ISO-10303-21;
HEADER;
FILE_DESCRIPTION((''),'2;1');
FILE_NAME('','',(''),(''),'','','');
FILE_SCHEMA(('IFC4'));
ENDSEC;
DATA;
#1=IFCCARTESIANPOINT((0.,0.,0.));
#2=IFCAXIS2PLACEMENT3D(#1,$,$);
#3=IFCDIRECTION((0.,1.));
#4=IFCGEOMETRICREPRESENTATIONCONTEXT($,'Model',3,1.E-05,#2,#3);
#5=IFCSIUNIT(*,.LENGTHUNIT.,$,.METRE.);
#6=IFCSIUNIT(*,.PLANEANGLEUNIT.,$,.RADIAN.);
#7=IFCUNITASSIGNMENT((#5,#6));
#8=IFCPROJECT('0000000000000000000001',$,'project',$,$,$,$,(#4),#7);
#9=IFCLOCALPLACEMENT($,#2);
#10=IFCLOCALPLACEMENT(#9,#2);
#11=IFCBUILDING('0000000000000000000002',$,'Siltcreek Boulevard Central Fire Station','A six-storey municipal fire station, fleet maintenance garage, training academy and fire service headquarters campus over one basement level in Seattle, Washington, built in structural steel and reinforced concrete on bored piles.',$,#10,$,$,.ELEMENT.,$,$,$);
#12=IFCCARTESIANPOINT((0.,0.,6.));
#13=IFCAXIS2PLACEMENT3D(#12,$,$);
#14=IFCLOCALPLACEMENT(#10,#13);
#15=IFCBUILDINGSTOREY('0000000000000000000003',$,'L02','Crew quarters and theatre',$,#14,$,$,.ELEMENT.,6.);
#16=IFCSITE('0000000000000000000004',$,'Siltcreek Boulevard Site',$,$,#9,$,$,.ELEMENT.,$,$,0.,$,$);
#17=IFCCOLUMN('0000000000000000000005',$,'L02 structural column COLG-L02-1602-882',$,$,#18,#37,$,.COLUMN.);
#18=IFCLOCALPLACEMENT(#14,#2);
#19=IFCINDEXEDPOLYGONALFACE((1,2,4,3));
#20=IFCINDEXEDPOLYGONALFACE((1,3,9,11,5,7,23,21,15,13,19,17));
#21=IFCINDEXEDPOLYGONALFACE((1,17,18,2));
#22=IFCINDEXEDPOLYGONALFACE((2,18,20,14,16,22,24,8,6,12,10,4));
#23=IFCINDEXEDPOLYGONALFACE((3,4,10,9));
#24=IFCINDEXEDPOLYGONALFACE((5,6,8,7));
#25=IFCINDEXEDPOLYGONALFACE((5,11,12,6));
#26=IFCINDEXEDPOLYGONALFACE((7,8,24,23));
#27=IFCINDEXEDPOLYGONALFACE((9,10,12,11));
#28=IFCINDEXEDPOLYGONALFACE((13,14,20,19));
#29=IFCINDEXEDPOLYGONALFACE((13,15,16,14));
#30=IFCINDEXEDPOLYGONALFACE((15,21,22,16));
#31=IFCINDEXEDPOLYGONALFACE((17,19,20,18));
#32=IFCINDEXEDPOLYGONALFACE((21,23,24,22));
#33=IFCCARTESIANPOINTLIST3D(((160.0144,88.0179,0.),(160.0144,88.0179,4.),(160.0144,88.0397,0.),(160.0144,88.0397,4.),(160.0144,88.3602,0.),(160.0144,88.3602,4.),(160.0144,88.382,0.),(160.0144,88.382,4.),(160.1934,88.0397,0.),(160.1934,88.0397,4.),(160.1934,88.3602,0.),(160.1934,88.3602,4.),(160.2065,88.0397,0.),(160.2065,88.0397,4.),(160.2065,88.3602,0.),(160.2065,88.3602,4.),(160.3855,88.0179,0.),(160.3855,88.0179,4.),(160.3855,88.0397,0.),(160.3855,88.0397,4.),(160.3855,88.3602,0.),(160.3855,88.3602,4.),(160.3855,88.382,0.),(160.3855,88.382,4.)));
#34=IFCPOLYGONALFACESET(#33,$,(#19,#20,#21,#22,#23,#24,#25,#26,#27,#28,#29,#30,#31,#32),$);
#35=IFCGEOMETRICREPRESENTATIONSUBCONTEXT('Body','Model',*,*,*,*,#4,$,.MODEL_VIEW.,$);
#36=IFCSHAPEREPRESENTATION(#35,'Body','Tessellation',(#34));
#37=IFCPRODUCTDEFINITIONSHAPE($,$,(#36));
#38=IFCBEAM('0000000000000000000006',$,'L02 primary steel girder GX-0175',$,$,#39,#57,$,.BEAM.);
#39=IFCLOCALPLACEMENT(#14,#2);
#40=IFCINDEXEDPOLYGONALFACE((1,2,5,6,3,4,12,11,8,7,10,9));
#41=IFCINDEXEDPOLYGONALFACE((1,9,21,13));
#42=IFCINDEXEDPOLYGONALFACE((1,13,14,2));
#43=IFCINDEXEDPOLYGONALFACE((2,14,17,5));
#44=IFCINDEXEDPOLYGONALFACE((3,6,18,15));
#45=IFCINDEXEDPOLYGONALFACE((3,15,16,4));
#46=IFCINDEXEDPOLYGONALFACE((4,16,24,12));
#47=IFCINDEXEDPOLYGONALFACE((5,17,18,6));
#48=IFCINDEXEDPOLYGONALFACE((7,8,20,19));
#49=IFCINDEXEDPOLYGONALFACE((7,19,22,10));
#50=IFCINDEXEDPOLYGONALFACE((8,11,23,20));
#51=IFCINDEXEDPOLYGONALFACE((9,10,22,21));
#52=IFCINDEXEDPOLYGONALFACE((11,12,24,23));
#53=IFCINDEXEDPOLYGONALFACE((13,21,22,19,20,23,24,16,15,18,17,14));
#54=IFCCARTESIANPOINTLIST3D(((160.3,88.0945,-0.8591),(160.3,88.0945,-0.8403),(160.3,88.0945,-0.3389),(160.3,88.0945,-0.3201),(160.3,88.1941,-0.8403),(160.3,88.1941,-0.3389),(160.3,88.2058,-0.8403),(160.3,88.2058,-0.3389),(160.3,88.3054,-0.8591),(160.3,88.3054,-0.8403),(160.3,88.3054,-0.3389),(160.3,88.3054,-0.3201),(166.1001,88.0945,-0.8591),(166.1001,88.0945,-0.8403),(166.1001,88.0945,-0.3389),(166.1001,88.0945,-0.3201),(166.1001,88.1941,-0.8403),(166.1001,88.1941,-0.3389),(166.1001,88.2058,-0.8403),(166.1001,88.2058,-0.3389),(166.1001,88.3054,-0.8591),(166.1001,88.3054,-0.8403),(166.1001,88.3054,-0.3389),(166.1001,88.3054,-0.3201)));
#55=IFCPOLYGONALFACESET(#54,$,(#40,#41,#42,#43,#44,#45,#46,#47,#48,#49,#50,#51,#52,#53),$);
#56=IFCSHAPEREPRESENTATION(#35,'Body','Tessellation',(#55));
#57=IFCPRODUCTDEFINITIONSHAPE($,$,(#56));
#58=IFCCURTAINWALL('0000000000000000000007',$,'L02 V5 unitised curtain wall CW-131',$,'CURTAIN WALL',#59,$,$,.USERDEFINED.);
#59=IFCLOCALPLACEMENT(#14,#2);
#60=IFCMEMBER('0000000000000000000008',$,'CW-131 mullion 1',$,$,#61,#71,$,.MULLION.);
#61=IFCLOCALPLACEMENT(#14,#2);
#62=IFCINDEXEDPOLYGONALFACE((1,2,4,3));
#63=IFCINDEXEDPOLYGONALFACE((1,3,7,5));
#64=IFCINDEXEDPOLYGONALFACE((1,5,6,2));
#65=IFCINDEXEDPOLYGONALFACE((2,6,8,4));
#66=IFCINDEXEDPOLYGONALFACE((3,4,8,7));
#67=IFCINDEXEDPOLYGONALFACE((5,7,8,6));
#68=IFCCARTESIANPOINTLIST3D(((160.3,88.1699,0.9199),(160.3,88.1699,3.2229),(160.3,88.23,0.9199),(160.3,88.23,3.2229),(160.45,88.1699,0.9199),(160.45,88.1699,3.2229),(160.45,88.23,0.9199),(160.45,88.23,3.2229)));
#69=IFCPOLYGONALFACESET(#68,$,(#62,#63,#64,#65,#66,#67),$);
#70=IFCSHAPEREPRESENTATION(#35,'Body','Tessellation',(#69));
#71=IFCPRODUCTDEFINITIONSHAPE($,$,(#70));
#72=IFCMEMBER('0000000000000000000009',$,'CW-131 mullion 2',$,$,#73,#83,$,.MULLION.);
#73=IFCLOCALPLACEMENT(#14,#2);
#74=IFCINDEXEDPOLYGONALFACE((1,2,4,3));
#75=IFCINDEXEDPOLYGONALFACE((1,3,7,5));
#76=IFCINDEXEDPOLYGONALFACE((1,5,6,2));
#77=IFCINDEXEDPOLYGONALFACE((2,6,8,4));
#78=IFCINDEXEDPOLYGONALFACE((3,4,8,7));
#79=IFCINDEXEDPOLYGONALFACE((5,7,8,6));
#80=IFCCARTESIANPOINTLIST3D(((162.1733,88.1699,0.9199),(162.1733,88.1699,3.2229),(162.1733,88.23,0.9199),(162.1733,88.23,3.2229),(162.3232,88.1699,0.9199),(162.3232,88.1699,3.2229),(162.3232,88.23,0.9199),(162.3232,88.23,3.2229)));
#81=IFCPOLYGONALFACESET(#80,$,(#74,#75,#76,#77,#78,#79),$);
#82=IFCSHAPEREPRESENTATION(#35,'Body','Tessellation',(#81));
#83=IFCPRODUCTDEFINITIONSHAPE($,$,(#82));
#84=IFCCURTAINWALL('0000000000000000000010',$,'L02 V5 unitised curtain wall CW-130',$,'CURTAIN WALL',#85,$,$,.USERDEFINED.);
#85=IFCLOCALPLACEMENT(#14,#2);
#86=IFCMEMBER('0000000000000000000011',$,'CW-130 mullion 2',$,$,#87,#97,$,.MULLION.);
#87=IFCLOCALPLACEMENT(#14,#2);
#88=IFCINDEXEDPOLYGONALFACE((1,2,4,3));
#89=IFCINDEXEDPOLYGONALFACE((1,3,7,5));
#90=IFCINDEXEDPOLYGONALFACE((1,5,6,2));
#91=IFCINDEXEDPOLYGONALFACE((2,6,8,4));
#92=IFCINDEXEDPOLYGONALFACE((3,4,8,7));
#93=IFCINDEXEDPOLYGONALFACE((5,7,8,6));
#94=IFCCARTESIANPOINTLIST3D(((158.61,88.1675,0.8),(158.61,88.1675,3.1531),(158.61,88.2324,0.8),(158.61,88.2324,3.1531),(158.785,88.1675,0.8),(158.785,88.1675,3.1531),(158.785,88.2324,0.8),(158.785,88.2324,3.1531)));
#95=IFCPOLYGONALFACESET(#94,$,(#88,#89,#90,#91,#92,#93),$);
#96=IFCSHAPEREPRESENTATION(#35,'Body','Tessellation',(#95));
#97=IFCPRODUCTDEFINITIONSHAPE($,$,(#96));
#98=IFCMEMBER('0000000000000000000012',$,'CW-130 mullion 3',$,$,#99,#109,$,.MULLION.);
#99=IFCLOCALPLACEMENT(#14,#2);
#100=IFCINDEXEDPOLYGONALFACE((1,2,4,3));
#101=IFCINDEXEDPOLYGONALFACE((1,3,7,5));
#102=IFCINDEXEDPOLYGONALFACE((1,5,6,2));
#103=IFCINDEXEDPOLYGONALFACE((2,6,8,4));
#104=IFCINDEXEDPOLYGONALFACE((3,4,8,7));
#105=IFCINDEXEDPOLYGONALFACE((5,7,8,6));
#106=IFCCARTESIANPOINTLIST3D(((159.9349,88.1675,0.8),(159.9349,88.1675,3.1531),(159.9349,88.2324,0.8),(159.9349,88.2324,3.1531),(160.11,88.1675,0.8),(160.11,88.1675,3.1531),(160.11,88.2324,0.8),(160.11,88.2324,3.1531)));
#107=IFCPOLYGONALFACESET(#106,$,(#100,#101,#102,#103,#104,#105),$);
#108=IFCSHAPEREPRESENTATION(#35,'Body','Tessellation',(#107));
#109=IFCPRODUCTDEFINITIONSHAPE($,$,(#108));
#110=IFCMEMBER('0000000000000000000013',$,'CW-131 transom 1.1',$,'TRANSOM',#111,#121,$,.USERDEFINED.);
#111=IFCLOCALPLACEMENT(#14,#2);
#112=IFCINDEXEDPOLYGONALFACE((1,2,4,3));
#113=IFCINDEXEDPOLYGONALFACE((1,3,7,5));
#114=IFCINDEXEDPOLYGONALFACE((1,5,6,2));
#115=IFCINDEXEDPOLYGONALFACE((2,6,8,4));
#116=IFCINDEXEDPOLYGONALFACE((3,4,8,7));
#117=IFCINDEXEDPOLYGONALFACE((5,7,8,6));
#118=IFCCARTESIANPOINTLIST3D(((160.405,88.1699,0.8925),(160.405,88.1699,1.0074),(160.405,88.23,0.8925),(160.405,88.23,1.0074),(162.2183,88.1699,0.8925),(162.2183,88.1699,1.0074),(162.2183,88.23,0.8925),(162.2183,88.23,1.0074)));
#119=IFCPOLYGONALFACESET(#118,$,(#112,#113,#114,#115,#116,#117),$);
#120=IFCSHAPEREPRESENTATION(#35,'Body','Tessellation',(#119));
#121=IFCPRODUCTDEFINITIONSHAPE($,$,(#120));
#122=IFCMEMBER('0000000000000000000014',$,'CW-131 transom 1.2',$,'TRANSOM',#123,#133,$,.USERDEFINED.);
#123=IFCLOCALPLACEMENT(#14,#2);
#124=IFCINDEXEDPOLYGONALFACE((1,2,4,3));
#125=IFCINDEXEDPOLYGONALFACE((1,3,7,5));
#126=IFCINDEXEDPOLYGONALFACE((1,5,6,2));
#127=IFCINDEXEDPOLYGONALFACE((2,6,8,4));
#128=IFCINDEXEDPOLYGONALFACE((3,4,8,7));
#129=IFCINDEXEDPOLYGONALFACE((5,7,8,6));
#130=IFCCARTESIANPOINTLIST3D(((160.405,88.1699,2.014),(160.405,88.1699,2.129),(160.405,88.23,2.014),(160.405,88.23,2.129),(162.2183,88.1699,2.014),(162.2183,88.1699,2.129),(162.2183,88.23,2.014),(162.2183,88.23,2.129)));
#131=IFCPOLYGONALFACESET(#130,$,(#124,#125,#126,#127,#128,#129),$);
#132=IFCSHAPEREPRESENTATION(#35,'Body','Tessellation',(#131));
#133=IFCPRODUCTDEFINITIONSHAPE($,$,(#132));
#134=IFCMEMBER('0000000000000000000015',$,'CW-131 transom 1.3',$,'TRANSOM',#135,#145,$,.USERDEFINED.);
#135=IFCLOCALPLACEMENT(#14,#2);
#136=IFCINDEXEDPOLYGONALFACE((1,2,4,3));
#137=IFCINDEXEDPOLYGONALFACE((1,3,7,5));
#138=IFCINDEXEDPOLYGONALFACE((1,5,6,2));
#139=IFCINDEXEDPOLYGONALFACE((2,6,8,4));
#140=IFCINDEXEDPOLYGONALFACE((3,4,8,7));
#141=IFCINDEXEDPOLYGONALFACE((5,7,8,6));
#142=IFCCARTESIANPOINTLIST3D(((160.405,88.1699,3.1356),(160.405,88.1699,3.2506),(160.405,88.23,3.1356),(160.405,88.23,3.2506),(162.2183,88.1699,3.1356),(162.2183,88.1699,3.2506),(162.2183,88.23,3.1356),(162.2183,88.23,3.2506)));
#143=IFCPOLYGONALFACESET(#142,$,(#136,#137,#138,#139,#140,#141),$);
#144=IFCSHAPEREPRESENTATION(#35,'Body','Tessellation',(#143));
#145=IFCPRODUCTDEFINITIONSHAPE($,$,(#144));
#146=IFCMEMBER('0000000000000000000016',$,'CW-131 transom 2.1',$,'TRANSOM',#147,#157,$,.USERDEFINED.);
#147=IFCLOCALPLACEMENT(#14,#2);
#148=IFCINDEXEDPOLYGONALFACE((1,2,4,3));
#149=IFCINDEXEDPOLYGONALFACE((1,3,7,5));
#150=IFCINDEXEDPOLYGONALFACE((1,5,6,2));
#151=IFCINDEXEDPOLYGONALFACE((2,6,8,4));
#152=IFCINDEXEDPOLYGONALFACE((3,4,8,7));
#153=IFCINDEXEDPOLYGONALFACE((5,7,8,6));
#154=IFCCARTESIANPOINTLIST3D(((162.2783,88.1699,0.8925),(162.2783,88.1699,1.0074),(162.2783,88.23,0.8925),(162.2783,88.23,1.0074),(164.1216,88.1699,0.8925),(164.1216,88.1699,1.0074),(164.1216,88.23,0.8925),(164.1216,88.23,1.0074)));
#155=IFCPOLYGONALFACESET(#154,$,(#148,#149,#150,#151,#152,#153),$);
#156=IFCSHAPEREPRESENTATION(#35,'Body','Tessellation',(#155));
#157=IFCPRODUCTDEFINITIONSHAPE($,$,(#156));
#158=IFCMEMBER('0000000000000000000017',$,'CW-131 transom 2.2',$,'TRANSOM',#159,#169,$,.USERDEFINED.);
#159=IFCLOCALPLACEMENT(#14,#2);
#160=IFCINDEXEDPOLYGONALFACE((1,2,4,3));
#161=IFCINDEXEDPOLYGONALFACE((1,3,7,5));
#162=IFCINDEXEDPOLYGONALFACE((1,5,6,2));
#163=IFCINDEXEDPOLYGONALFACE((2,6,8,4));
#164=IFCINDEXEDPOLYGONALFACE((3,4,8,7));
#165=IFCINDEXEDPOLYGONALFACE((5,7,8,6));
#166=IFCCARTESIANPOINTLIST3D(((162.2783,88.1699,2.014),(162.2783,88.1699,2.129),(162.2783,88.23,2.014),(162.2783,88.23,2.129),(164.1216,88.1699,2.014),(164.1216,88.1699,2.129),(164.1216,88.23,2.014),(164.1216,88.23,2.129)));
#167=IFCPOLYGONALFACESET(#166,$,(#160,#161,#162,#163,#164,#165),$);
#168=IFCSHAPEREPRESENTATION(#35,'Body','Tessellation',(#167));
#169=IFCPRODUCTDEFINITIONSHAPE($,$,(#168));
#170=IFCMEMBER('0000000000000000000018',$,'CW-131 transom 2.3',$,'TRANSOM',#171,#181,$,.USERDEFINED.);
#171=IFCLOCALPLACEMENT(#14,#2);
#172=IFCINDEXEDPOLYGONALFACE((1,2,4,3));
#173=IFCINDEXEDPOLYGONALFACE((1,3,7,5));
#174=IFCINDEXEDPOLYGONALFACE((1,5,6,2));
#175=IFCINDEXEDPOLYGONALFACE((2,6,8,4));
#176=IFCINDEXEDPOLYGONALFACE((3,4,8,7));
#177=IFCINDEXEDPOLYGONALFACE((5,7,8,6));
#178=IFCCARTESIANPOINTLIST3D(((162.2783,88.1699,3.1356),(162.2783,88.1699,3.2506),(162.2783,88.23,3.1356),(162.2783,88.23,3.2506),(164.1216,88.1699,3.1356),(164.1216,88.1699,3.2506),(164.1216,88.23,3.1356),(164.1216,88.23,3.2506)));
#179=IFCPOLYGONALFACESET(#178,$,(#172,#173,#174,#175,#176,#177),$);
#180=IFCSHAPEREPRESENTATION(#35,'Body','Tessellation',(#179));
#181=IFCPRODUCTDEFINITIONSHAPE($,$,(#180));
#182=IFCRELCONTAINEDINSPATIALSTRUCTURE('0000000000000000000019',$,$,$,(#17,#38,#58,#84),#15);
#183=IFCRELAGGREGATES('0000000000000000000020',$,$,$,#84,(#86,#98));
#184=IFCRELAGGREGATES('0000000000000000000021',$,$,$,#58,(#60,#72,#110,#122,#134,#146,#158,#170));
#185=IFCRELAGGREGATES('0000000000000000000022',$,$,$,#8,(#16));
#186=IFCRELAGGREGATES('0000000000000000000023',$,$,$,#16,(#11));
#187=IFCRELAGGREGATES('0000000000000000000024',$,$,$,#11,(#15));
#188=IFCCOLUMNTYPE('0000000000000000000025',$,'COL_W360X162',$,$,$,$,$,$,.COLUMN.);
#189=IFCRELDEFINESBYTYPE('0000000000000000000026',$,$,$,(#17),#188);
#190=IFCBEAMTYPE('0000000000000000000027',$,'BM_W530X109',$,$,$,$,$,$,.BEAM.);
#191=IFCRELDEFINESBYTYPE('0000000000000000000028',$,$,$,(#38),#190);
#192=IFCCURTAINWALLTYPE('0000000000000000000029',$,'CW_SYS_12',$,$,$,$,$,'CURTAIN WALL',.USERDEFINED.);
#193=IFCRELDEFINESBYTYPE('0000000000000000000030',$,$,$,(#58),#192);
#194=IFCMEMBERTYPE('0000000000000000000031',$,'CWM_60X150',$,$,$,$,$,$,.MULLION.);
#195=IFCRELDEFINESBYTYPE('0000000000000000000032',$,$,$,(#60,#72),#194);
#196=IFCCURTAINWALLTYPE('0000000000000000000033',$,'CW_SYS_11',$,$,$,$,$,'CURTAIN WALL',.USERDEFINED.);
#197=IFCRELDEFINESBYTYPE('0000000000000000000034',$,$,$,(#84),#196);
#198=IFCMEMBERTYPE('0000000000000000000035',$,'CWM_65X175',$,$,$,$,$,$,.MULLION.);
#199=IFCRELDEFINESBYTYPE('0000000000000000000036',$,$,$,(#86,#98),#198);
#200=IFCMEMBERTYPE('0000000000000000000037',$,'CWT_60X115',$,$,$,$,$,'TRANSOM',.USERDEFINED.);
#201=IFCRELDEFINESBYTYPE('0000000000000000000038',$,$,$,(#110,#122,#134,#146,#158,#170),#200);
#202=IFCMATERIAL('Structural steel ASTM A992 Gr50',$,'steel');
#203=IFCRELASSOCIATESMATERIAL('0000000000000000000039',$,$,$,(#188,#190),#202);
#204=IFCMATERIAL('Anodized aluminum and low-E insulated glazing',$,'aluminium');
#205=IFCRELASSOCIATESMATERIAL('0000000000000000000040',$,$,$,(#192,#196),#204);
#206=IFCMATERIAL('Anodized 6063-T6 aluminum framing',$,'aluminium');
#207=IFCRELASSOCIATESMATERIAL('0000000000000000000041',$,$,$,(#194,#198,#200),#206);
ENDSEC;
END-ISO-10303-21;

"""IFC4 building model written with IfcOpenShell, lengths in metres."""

from ifc_helpers import new_model, si_unit, direction, frame, origin, origin_2d, place, context, subcontext, project, spatial, rectangle, i_section, extrude, material, material_profile, profile_set, type_object, element, aggregate, save


model = new_model("IFC4")

# Units and contexts
model_context = context("Model", 3, precision=1e-05, world=origin(), true_north=direction((0.0, 1.0)))
body_context = subcontext(model_context, "Body", "Model", "MODEL_VIEW")
ifc_project = project(units=[si_unit("LENGTHUNIT", "METRE"), si_unit("PLANEANGLEUNIT", "RADIAN")], contexts=[model_context])

# Site, building, storey
site_placement = place(None, origin())
site = spatial("IfcSite", under=ifc_project, at=site_placement, Name="Siltcreek Boulevard Site", CompositionType="ELEMENT", RefElevation=0.0)
building_placement = place(site_placement, origin())
building = spatial("IfcBuilding", under=site, at=building_placement, Name="Siltcreek Boulevard Central Fire Station", Description="A six-storey municipal fire station, fleet maintenance garage, training academy and fire service headquarters campus over one basement level in Seattle, Washington, built in structural steel and reinforced concrete on bored piles.", CompositionType="ELEMENT")
storey_placement = place(building_placement, frame((0.0, 0.0, 6.0)))
storey = spatial("IfcBuildingStorey", under=building, at=storey_placement, Name="L02", Description="Crew quarters and theatre", CompositionType="ELEMENT", Elevation=6.0)

# Column
ifc_material_1 = material(Name="Structural steel ASTM A992 Gr50", Category="steel")
ifc_material_profile_1 = material_profile(ifc_material_1, i_section(OverallWidth=0.3711, OverallDepth=0.364, WebThickness=0.0132, FlangeThickness=0.0217, at=origin_2d()), Name="W360X162")
ifc_profile_set_1 = profile_set([ifc_material_profile_1], Name="Structural steel ASTM A992 Gr50")
column_type = type_object("IfcColumnType", Name="COL_W360X162", PredefinedType="COLUMN", material=ifc_profile_set_1)
column_placement = place(storey_placement, frame((160.2, 88.2, 0.0), z_axis=(0.0, 0.0, 1.0), x_axis=(1.0, 0.0, 0.0)))
element("IfcColumn", 1, at=column_placement, inside=storey, type_object=column_type, Name="L02 structural column COLG-L02-1602-882", PredefinedType="COLUMN", context=body_context, shape_type="SweptSolid", body=[
    extrude(i_section(OverallWidth=0.3711, OverallDepth=0.364, WebThickness=0.0132, FlangeThickness=0.0217, at=origin_2d()), origin(), (0.0, 0.0, 1.0), 4.0),
])

# Beam
ifc_material_profile_2 = material_profile(ifc_material_1, i_section(OverallWidth=0.2109, OverallDepth=0.5391, WebThickness=0.0117, FlangeThickness=0.0188, at=origin_2d()), Name="W530X109")
ifc_profile_set_2 = profile_set([ifc_material_profile_2], Name="Structural steel ASTM A992 Gr50")
beam_type = type_object("IfcBeamType", Name="BM_W530X109", PredefinedType="BEAM", material=ifc_profile_set_2)
beam_placement = place(storey_placement, frame((160.3, 88.2, -0.5896), z_axis=(1.0, 0.0, 0.0), x_axis=(0.0, 1.0, 0.0)))
element("IfcBeam", 2, at=beam_placement, inside=storey, type_object=beam_type, Name="L02 primary steel girder GX-0175", PredefinedType="BEAM", context=body_context, shape_type="SweptSolid", body=[
    extrude(i_section(OverallWidth=0.2109, OverallDepth=0.5391, WebThickness=0.0117, FlangeThickness=0.0188, at=origin_2d()), origin(), (0.0, 0.0, 1.0), 5.8),
])

# Curtain walls, members
ifc_material_2 = material(Name="Anodized aluminum and low-E insulated glazing", Category="aluminium")
curtain_wall_type_1 = type_object("IfcCurtainWallType", Name="CW_SYS_12", ElementType="CURTAIN WALL", PredefinedType="USERDEFINED", material=ifc_material_2)
curtain_wall_1_placement = place(storey_placement, origin())
curtain_wall_1 = element("IfcCurtainWall", 3, at=curtain_wall_1_placement, inside=storey, type_object=curtain_wall_type_1, Name="L02 V5 unitised curtain wall CW-131", ObjectType="CURTAIN WALL", PredefinedType="USERDEFINED")
ifc_material_3 = material(Name="Anodized 6063-T6 aluminum framing", Category="aluminium")
ifc_material_profile_3 = material_profile(ifc_material_3, rectangle(XDim=0.0601, YDim=0.1499, at=origin_2d()), Name="MULL60X150")
ifc_profile_set_3 = profile_set([ifc_material_profile_3], Name="Anodized 6063-T6 aluminum framing")
member_type_1 = type_object("IfcMemberType", Name="CWM_60X150", PredefinedType="MULLION", material=ifc_profile_set_3)
member_1_placement = place(storey_placement, frame((160.375, 88.2, 0.9199), z_axis=(0.0, 0.0, 1.0), x_axis=(0.0, 1.0, 0.0)))
member_1 = element("IfcMember", 4, at=member_1_placement, type_object=member_type_1, Name="CW-131 mullion 1", PredefinedType="MULLION", context=body_context, shape_type="SweptSolid", body=[
    extrude(rectangle(XDim=0.0601, YDim=0.1499, at=origin_2d()), origin(), (0.0, 0.0, 1.0), 2.303),
])
member_2_placement = place(storey_placement, frame((162.2483, 88.2, 0.9199), z_axis=(0.0, 0.0, 1.0), x_axis=(0.0, 1.0, 0.0)))
member_2 = element("IfcMember", 5, at=member_2_placement, type_object=member_type_1, Name="CW-131 mullion 2", PredefinedType="MULLION", context=body_context, shape_type="SweptSolid", body=[
    extrude(rectangle(XDim=0.0601, YDim=0.1499, at=origin_2d()), origin(), (0.0, 0.0, 1.0), 2.303),
])
curtain_wall_type_2 = type_object("IfcCurtainWallType", Name="CW_SYS_11", ElementType="CURTAIN WALL", PredefinedType="USERDEFINED", material=ifc_material_2)
curtain_wall_2_placement = place(storey_placement, origin())
curtain_wall_2 = element("IfcCurtainWall", 6, at=curtain_wall_2_placement, inside=storey, type_object=curtain_wall_type_2, Name="L02 V5 unitised curtain wall CW-130", ObjectType="CURTAIN WALL", PredefinedType="USERDEFINED")
ifc_material_profile_4 = material_profile(ifc_material_3, rectangle(XDim=0.0649, YDim=0.175, at=origin_2d()), Name="MULL65X175")
ifc_profile_set_4 = profile_set([ifc_material_profile_4], Name="Anodized 6063-T6 aluminum framing")
member_type_2 = type_object("IfcMemberType", Name="CWM_65X175", PredefinedType="MULLION", material=ifc_profile_set_4)
member_3_placement = place(storey_placement, frame((158.6975, 88.2, 0.8), z_axis=(0.0, 0.0, 1.0), x_axis=(0.0, 1.0, 0.0)))
member_3 = element("IfcMember", 7, at=member_3_placement, type_object=member_type_2, Name="CW-130 mullion 2", PredefinedType="MULLION", context=body_context, shape_type="SweptSolid", body=[
    extrude(rectangle(XDim=0.0649, YDim=0.175, at=origin_2d()), origin(), (0.0, 0.0, 1.0), 2.353),
])
member_4_placement = place(storey_placement, frame((160.0225, 88.2, 0.8), z_axis=(0.0, 0.0, 1.0), x_axis=(0.0, 1.0, 0.0)))
member_4 = element("IfcMember", 8, at=member_4_placement, type_object=member_type_2, Name="CW-130 mullion 3", PredefinedType="MULLION", context=body_context, shape_type="SweptSolid", body=[
    extrude(rectangle(XDim=0.0649, YDim=0.175, at=origin_2d()), origin(), (0.0, 0.0, 1.0), 2.353),
])

# Members
ifc_material_profile_5 = material_profile(ifc_material_3, rectangle(XDim=0.0601, YDim=0.115, at=origin_2d()), Name="TRAN60X115")
ifc_profile_set_5 = profile_set([ifc_material_profile_5], Name="Anodized 6063-T6 aluminum framing")
member_type_3 = type_object("IfcMemberType", Name="CWT_60X115", ElementType="TRANSOM", PredefinedType="USERDEFINED", material=ifc_profile_set_5)
member_5_placement = place(storey_placement, frame((160.405, 88.2, 0.95), z_axis=(1.0, 0.0, 0.0), x_axis=(0.0, 1.0, 0.0)))
member_5 = element("IfcMember", 9, at=member_5_placement, type_object=member_type_3, Name="CW-131 transom 1.1", ObjectType="TRANSOM", PredefinedType="USERDEFINED", context=body_context, shape_type="SweptSolid", body=[
    extrude(rectangle(XDim=0.0601, YDim=0.115, at=origin_2d()), origin(), (0.0, 0.0, 1.0), 1.8132),
])
member_6_placement = place(storey_placement, frame((160.405, 88.2, 2.0715), z_axis=(1.0, 0.0, 0.0), x_axis=(0.0, 1.0, 0.0)))
member_6 = element("IfcMember", 10, at=member_6_placement, type_object=member_type_3, Name="CW-131 transom 1.2", ObjectType="TRANSOM", PredefinedType="USERDEFINED", context=body_context, shape_type="SweptSolid", body=[
    extrude(rectangle(XDim=0.0601, YDim=0.115, at=origin_2d()), origin(), (0.0, 0.0, 1.0), 1.8132),
])
member_7_placement = place(storey_placement, frame((160.405, 88.2, 3.1931), z_axis=(1.0, 0.0, 0.0), x_axis=(0.0, 1.0, 0.0)))
member_7 = element("IfcMember", 11, at=member_7_placement, type_object=member_type_3, Name="CW-131 transom 1.3", ObjectType="TRANSOM", PredefinedType="USERDEFINED", context=body_context, shape_type="SweptSolid", body=[
    extrude(rectangle(XDim=0.0601, YDim=0.115, at=origin_2d()), origin(), (0.0, 0.0, 1.0), 1.8132),
])
member_8_placement = place(storey_placement, frame((162.2783, 88.2, 0.95), z_axis=(1.0, 0.0, 0.0), x_axis=(0.0, 1.0, 0.0)))
member_8 = element("IfcMember", 12, at=member_8_placement, type_object=member_type_3, Name="CW-131 transom 2.1", ObjectType="TRANSOM", PredefinedType="USERDEFINED", context=body_context, shape_type="SweptSolid", body=[
    extrude(rectangle(XDim=0.0601, YDim=0.115, at=origin_2d()), origin(), (0.0, 0.0, 1.0), 1.8433),
])
member_9_placement = place(storey_placement, frame((162.2783, 88.2, 2.0715), z_axis=(1.0, 0.0, 0.0), x_axis=(0.0, 1.0, 0.0)))
member_9 = element("IfcMember", 13, at=member_9_placement, type_object=member_type_3, Name="CW-131 transom 2.2", ObjectType="TRANSOM", PredefinedType="USERDEFINED", context=body_context, shape_type="SweptSolid", body=[
    extrude(rectangle(XDim=0.0601, YDim=0.115, at=origin_2d()), origin(), (0.0, 0.0, 1.0), 1.8433),
])
member_10_placement = place(storey_placement, frame((162.2783, 88.2, 3.1931), z_axis=(1.0, 0.0, 0.0), x_axis=(0.0, 1.0, 0.0)))
member_10 = element("IfcMember", 14, at=member_10_placement, type_object=member_type_3, Name="CW-131 transom 2.3", ObjectType="TRANSOM", PredefinedType="USERDEFINED", context=body_context, shape_type="SweptSolid", body=[
    extrude(rectangle(XDim=0.0601, YDim=0.115, at=origin_2d()), origin(), (0.0, 0.0, 1.0), 1.8433),
])

aggregate(curtain_wall_2, [member_3, member_4])
aggregate(curtain_wall_1, [member_1, member_2, member_5, member_6, member_7, member_8, member_9, member_10])

save(model, "model.ifc")
